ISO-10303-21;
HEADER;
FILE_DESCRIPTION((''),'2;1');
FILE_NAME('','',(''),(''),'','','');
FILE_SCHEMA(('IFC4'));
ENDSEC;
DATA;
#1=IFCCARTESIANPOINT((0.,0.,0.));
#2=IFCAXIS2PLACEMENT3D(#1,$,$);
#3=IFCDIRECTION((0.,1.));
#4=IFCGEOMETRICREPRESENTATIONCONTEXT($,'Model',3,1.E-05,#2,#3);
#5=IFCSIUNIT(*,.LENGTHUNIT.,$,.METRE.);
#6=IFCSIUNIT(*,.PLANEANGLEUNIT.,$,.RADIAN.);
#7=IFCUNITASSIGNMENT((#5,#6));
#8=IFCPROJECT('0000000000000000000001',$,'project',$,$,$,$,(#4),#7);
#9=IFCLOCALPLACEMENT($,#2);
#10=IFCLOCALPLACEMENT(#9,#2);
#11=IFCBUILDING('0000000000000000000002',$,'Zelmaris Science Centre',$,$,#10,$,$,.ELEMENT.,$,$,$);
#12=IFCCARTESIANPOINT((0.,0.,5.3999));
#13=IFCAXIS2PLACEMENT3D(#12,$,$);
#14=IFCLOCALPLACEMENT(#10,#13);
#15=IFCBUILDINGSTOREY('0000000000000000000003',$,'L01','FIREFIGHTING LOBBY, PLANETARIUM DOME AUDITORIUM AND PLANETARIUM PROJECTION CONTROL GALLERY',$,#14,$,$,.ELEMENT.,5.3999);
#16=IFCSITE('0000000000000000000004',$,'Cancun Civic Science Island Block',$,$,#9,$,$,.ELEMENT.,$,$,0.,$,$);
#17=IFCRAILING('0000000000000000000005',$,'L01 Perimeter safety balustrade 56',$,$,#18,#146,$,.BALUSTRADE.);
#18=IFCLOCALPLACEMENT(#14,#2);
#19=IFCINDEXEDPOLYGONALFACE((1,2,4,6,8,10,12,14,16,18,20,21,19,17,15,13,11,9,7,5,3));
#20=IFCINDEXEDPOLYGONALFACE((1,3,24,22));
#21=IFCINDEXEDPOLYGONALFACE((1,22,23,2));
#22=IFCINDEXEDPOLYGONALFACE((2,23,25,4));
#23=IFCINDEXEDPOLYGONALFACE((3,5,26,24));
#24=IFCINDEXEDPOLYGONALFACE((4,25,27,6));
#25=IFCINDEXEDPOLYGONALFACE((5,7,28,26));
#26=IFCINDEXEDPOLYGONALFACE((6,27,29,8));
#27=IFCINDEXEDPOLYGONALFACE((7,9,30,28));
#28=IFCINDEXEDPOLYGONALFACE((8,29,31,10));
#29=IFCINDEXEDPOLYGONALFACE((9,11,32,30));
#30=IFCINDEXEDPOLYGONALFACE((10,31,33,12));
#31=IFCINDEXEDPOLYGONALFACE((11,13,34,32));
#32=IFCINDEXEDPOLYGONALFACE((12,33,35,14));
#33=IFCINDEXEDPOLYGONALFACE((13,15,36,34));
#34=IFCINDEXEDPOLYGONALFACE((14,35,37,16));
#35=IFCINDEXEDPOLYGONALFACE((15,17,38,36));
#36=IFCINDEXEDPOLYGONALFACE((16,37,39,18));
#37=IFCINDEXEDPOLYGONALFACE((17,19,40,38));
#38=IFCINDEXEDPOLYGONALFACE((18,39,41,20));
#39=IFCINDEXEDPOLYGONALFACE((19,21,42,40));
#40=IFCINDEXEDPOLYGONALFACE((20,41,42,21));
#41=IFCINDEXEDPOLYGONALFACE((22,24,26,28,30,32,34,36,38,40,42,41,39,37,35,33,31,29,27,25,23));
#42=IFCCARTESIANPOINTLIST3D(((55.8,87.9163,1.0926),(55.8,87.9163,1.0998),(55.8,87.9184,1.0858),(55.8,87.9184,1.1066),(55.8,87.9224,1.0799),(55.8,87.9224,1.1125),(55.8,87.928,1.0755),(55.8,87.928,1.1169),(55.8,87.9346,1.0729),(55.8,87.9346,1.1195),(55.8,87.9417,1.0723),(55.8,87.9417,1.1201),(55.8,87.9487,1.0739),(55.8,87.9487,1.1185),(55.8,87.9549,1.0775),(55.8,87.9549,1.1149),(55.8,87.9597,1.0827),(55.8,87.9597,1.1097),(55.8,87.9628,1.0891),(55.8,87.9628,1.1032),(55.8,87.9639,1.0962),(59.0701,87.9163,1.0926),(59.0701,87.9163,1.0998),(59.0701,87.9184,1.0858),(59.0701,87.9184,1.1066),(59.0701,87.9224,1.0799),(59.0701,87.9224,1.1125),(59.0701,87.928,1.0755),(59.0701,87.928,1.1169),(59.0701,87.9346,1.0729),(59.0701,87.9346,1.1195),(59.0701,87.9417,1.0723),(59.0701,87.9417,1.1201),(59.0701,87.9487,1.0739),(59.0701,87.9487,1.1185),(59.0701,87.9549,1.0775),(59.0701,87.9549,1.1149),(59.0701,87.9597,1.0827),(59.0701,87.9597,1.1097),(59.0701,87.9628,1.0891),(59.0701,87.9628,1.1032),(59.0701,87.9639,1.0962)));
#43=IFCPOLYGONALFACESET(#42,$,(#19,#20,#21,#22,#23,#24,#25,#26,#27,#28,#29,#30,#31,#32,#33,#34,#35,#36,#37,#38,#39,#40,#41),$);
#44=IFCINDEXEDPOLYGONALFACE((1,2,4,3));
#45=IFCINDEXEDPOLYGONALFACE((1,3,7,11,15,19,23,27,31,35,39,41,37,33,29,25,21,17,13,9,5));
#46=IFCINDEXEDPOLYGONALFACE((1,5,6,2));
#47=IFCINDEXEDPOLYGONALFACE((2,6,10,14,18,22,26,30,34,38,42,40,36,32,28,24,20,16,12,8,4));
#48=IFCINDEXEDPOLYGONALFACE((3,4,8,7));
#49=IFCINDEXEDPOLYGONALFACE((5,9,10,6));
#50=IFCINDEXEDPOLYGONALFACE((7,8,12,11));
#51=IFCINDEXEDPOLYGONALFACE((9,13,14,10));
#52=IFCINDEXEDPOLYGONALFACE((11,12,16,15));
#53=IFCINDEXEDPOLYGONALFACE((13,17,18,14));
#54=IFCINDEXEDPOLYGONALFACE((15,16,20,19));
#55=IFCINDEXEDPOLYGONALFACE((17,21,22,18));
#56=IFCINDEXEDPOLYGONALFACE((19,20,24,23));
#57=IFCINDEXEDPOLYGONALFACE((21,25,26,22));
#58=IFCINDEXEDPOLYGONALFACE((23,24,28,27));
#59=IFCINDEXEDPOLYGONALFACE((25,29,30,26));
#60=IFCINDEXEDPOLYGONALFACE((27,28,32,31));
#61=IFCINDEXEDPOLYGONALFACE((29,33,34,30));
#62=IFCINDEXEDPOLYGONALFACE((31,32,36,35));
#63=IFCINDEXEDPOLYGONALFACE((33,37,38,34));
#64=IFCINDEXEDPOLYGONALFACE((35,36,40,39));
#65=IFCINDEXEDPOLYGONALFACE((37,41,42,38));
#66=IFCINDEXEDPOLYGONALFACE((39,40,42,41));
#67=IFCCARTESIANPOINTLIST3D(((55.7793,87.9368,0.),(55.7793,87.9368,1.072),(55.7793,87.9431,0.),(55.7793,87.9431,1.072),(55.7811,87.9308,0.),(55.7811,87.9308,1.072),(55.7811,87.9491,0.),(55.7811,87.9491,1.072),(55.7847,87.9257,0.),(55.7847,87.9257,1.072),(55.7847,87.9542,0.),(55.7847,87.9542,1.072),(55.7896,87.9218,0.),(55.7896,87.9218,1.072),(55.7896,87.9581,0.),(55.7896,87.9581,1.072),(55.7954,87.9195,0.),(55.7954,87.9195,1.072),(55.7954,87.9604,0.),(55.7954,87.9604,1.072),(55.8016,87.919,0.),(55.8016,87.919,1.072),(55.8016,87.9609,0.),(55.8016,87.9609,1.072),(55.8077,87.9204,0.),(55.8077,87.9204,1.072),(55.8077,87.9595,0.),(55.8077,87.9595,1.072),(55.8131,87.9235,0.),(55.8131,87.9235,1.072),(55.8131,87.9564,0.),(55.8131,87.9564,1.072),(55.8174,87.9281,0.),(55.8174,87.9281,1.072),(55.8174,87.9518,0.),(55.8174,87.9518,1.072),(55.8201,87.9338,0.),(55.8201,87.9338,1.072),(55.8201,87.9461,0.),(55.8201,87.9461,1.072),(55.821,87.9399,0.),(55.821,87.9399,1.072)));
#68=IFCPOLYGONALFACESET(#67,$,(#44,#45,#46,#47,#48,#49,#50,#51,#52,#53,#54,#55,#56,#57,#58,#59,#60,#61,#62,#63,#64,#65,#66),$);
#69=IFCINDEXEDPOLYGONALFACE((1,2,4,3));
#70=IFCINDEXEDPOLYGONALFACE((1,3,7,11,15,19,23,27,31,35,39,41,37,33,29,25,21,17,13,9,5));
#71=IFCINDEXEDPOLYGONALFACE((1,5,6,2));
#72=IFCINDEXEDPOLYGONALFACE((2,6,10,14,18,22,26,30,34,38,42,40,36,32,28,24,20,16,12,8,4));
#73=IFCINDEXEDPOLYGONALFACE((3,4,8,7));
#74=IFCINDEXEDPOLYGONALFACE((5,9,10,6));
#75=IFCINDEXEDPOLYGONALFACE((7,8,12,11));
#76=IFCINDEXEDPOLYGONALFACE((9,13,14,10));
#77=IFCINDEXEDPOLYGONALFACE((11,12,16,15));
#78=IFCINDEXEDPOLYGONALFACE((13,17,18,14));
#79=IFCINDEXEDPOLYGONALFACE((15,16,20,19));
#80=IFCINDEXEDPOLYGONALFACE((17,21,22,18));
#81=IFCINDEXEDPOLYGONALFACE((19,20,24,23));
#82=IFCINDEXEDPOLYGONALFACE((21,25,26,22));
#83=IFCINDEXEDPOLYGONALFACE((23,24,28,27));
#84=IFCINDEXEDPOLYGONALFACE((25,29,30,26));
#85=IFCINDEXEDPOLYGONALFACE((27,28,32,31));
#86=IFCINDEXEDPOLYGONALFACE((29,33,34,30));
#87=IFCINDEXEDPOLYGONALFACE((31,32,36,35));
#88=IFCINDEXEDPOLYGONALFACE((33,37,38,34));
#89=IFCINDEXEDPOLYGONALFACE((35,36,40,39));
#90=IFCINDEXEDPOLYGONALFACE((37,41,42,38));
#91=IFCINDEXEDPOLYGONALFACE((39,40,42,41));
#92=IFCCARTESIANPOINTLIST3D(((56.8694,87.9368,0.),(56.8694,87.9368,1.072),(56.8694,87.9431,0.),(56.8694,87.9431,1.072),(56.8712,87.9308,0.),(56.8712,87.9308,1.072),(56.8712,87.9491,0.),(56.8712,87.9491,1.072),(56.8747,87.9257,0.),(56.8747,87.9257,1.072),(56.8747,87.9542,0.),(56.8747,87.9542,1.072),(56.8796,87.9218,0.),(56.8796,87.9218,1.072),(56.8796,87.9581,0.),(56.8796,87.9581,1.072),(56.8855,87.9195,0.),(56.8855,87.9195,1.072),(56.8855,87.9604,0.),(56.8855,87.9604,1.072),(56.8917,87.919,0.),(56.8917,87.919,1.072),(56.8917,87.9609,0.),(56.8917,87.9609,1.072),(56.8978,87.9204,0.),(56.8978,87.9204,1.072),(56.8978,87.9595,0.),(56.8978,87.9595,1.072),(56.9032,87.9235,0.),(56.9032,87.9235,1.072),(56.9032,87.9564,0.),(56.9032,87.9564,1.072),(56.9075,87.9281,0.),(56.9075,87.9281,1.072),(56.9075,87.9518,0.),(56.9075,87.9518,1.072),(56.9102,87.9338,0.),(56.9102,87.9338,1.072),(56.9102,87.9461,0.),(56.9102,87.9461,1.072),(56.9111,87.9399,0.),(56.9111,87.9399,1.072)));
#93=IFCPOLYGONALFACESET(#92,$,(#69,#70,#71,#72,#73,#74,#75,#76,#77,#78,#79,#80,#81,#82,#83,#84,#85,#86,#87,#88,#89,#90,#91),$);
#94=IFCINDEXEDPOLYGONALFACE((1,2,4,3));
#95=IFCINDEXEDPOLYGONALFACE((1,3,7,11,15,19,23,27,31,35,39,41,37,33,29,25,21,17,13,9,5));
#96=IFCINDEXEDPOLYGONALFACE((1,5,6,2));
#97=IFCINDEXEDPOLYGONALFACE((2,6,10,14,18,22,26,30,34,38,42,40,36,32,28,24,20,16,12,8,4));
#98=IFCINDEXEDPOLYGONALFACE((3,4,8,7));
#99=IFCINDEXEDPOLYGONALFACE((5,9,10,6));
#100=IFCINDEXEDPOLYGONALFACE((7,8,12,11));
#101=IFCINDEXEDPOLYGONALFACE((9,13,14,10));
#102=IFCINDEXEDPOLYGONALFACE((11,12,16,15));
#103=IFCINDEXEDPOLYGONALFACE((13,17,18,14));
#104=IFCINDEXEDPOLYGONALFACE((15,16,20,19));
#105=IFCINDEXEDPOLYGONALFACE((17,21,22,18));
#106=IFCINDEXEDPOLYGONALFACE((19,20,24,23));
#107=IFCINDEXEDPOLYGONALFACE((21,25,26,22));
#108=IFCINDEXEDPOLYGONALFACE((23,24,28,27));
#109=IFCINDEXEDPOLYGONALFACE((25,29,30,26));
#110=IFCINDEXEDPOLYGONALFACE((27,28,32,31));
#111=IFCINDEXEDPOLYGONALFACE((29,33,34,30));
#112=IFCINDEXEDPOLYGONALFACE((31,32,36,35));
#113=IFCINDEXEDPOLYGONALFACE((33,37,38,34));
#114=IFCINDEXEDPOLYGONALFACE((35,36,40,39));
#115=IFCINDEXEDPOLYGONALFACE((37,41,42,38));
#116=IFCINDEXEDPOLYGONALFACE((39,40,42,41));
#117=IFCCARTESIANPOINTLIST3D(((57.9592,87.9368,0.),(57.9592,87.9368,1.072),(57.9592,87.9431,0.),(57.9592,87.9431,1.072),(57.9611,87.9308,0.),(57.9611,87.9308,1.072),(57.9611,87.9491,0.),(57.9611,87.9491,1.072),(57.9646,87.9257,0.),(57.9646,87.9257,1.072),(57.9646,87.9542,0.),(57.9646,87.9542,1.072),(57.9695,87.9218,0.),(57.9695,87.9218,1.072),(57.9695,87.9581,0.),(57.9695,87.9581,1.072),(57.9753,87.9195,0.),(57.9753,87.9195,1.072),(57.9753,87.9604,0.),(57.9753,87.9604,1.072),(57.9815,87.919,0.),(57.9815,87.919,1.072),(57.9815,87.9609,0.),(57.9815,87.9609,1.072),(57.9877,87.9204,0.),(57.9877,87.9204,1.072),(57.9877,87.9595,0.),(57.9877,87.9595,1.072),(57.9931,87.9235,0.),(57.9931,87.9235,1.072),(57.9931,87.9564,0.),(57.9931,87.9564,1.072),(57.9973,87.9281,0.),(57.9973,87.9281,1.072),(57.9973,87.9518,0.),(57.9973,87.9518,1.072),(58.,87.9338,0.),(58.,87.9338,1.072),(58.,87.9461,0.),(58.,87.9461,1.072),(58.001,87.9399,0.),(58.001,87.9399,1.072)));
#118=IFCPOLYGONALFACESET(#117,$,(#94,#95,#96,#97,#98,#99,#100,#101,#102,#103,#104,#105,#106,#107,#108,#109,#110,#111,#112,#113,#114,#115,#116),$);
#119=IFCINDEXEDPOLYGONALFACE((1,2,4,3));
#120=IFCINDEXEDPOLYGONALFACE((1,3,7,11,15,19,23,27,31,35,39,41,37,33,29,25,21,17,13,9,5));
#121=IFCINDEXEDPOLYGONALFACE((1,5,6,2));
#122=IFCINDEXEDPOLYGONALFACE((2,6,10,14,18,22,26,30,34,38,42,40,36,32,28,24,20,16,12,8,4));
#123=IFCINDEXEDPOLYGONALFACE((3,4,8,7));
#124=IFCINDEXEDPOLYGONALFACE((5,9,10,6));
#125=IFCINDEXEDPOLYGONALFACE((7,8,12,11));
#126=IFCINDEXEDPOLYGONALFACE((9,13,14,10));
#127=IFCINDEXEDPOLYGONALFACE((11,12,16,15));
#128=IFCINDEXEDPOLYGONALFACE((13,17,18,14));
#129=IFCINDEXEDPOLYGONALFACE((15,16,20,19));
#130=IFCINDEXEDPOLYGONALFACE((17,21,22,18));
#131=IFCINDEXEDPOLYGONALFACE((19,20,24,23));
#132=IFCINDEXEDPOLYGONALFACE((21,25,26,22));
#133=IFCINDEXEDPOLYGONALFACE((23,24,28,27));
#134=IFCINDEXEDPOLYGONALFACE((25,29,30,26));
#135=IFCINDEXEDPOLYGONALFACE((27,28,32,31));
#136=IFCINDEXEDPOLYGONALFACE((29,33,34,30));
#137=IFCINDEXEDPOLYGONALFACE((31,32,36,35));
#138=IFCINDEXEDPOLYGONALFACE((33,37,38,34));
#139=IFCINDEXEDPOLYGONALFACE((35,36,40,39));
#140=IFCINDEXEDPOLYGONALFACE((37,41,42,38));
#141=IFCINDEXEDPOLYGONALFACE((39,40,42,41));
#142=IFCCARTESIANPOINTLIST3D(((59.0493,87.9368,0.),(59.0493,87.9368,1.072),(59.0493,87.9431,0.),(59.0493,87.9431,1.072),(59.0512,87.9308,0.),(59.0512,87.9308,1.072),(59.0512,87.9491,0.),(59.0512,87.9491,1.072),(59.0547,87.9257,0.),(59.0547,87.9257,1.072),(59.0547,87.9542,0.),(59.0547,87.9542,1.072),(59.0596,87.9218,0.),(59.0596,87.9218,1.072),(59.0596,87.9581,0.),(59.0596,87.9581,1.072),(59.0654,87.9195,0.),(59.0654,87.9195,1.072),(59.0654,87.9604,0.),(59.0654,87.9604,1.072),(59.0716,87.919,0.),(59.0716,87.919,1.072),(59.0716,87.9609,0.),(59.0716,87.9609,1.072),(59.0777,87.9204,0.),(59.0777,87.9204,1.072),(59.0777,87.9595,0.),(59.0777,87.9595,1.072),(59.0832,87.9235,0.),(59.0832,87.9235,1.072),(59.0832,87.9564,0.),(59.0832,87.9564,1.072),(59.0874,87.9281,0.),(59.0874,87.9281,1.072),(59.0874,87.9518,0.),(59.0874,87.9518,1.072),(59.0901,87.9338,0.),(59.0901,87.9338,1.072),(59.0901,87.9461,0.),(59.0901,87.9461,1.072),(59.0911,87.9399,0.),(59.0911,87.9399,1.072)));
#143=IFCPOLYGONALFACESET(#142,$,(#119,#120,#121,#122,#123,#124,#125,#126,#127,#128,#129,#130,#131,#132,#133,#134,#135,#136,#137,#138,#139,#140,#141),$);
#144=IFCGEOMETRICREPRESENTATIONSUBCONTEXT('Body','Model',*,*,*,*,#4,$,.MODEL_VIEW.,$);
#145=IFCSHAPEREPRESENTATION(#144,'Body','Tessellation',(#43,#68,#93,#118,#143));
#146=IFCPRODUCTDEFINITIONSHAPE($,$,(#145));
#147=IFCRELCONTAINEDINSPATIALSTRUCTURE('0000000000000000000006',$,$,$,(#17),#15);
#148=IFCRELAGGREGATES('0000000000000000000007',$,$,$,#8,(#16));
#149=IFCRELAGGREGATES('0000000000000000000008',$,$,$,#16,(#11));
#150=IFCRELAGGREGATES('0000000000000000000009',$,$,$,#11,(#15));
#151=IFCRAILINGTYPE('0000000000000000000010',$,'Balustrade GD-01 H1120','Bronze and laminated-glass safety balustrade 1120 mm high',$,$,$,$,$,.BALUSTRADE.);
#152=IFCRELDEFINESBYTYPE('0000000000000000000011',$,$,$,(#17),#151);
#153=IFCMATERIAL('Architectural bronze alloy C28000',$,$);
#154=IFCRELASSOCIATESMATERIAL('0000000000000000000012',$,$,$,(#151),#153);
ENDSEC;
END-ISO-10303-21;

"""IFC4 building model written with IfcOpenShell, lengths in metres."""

from ifc_helpers import new_model, si_unit, direction, frame, origin, origin_2d, place, context, subcontext, project, spatial, circle, extrude, material, type_object, element, save


model = new_model("IFC4")

# Units and contexts
model_context = context("Model", 3, precision=1e-05, world=origin(), true_north=direction((0.0, 1.0)))
body_context = subcontext(model_context, "Body", "Model", "MODEL_VIEW")
ifc_project = project(units=[si_unit("LENGTHUNIT", "METRE"), si_unit("PLANEANGLEUNIT", "RADIAN")], contexts=[model_context])

# Site, building, storey
site_placement = place(None, origin())
site = spatial("IfcSite", under=ifc_project, at=site_placement, Name="Cancun Civic Science Island Block", CompositionType="ELEMENT", RefElevation=0.0)
building_placement = place(site_placement, origin())
building = spatial("IfcBuilding", under=site, at=building_placement, Name="Zelmaris Science Centre", CompositionType="ELEMENT")
storey_placement = place(building_placement, frame((0.0, 0.0, 5.3999)))
storey = spatial("IfcBuildingStorey", under=building, at=storey_placement, Name="L01", Description="FIREFIGHTING LOBBY, PLANETARIUM DOME AUDITORIUM AND PLANETARIUM PROJECTION CONTROL GALLERY", CompositionType="ELEMENT", Elevation=5.3999)

# Railing
ifc_material_1 = material(Name="Architectural bronze alloy C28000")
railing_type = type_object("IfcRailingType", Name="Balustrade GD-01 H1120", Description="Bronze and laminated-glass safety balustrade 1120 mm high", PredefinedType="BALUSTRADE", material=ifc_material_1)
railing_placement = place(storey_placement, frame((55.8, 87.9399, 0.0)))
element("IfcRailing", 1, at=railing_placement, inside=storey, type_object=railing_type, Name="L01 Perimeter safety balustrade 56", PredefinedType="BALUSTRADE", context=body_context, shape_type="SweptSolid", body=[
    extrude(circle(Radius=0.0239, at=origin_2d()), frame((0.0, 0.0, 1.0962), z_axis=(1.0, 0.0, 0.0), x_axis=(0.0, 1.0, 0.0)), (0.0, 0.0, 1.0), 3.27),
    extrude(circle(Radius=0.021, at=origin_2d()), origin(), (0.0, 0.0, 1.0), 1.072),
    extrude(circle(Radius=0.021, at=origin_2d()), frame((1.0901, 0.0, 0.0)), (0.0, 0.0, 1.0), 1.072),
    extrude(circle(Radius=0.021, at=origin_2d()), frame((2.1799, 0.0, 0.0)), (0.0, 0.0, 1.0), 1.072),
    extrude(circle(Radius=0.021, at=origin_2d()), frame((3.27, 0.0, 0.0)), (0.0, 0.0, 1.0), 1.072),
])

save(model, "model.ifc")
